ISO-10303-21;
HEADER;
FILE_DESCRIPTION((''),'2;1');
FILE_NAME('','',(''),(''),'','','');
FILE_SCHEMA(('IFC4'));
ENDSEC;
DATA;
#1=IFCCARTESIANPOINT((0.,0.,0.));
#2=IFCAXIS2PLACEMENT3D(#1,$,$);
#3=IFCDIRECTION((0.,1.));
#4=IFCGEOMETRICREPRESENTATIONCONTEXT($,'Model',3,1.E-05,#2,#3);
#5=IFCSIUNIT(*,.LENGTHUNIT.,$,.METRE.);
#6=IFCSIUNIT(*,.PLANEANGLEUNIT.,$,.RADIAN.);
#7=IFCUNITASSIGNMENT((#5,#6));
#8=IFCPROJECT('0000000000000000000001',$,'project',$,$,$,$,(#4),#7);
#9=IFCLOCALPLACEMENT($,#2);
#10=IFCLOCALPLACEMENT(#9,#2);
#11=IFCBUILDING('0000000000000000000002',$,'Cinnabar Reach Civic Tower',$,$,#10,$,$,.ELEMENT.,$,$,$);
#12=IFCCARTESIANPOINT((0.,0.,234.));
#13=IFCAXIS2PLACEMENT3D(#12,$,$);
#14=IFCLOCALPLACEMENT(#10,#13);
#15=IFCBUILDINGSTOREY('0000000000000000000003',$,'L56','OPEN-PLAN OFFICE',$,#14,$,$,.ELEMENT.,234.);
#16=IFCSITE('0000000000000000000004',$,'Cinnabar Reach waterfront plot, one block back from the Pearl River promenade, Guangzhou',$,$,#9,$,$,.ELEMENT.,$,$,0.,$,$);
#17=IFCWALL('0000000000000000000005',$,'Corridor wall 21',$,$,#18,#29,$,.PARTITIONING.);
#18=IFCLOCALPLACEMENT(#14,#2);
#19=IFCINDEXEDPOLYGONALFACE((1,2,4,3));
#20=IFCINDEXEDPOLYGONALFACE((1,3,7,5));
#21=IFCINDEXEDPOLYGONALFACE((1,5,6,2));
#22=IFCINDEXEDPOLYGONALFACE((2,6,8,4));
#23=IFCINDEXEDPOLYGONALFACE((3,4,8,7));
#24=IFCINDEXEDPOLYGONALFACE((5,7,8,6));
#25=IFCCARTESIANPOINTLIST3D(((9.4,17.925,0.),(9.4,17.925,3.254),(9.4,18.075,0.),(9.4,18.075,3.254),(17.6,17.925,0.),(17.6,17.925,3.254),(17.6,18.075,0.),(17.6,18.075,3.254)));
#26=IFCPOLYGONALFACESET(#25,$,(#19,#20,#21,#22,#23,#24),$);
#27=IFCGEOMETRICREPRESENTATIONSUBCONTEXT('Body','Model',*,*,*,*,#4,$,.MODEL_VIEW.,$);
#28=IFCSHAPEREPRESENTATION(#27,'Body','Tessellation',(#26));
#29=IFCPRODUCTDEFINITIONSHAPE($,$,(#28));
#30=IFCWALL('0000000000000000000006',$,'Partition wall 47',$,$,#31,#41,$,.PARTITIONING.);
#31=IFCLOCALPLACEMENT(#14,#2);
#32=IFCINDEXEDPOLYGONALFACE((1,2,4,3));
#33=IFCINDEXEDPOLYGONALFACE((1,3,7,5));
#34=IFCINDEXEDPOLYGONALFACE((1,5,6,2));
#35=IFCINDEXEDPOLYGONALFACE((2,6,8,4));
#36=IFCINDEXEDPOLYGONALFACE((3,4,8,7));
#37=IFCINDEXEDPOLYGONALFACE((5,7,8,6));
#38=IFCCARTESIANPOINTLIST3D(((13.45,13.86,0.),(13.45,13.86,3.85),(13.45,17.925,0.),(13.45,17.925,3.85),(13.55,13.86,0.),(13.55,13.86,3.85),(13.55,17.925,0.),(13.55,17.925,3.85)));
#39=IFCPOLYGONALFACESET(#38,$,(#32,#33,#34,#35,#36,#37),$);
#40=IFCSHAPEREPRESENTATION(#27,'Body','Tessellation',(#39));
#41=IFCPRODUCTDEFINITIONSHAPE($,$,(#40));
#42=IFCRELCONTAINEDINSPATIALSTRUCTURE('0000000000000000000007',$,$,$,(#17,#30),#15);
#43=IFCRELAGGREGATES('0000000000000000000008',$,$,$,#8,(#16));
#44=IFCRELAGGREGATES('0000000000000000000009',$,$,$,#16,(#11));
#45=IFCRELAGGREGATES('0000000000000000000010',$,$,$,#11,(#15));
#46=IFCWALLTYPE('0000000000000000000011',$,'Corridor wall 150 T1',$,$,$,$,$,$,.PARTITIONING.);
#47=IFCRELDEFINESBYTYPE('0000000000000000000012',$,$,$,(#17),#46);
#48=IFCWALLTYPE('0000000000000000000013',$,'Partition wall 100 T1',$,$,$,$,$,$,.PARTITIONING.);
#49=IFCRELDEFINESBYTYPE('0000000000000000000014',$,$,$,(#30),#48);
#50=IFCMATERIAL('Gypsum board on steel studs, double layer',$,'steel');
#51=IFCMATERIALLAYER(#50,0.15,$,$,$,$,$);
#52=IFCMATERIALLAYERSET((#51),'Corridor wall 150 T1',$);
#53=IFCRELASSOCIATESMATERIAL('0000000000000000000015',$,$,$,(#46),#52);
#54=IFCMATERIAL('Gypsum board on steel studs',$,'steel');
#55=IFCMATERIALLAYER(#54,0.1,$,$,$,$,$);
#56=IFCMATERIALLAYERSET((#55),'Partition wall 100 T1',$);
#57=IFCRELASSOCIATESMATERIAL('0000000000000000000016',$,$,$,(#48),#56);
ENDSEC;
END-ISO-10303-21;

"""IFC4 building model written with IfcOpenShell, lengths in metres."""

from ifc_helpers import new_model, si_unit, direction, frame, frame_2d, origin, place, context, subcontext, project, spatial, rectangle, extrude, material, layer, layer_set, type_object, element, save


model = new_model("IFC4")

# Units and contexts
model_context = context("Model", 3, precision=1e-05, world=origin(), true_north=direction((0.0, 1.0)))
body_context = subcontext(model_context, "Body", "Model", "MODEL_VIEW")
ifc_project = project(units=[si_unit("LENGTHUNIT", "METRE"), si_unit("PLANEANGLEUNIT", "RADIAN")], contexts=[model_context])

# Site, building, storey
site_placement = place(None, origin())
site = spatial("IfcSite", under=ifc_project, at=site_placement, Name="Cinnabar Reach waterfront plot, one block back from the Pearl River promenade, Guangzhou", CompositionType="ELEMENT", RefElevation=0.0)
building_placement = place(site_placement, origin())
building = spatial("IfcBuilding", under=site, at=building_placement, Name="Cinnabar Reach Civic Tower", CompositionType="ELEMENT")
storey_placement = place(building_placement, frame((0.0, 0.0, 234.0)))
storey = spatial("IfcBuildingStorey", under=building, at=storey_placement, Name="L56", Description="OPEN-PLAN OFFICE", CompositionType="ELEMENT", Elevation=234.0)

# Walls
ifc_material_1 = material(Name="Gypsum board on steel studs, double layer", Category="steel")
ifc_layer_1 = layer(ifc_material_1, 0.15)
ifc_layer_set_1 = layer_set([ifc_layer_1], Name="Corridor wall 150 T1")
wall_type_1 = type_object("IfcWallType", Name="Corridor wall 150 T1", PredefinedType="PARTITIONING", material=ifc_layer_set_1)
wall_1_placement = place(storey_placement, frame((9.4, 18.0, 0.0), z_axis=(0.0, 0.0, 1.0), x_axis=(1.0, 0.0, 0.0)))
element("IfcWall", 1, at=wall_1_placement, inside=storey, type_object=wall_type_1, Name="Corridor wall 21", PredefinedType="PARTITIONING", context=body_context, shape_type="SweptSolid", body=[
    extrude(rectangle(XDim=8.2, YDim=0.15, at=frame_2d((4.1, 0.0))), origin(), (0.0, 0.0, 1.0), 3.254),
])
ifc_material_2 = material(Name="Gypsum board on steel studs", Category="steel")
ifc_layer_2 = layer(ifc_material_2, 0.1)
ifc_layer_set_2 = layer_set([ifc_layer_2], Name="Partition wall 100 T1")
wall_type_2 = type_object("IfcWallType", Name="Partition wall 100 T1", PredefinedType="PARTITIONING", material=ifc_layer_set_2)
wall_2_placement = place(storey_placement, frame((13.5, 13.86, 0.0), z_axis=(0.0, 0.0, 1.0), x_axis=(0.0, 1.0, 0.0)))
element("IfcWall", 2, at=wall_2_placement, inside=storey, type_object=wall_type_2, Name="Partition wall 47", PredefinedType="PARTITIONING", context=body_context, shape_type="SweptSolid", body=[
    extrude(rectangle(XDim=4.065, YDim=0.1, at=frame_2d((2.0325, 0.0))), origin(), (0.0, 0.0, 1.0), 3.85),
])

save(model, "model.ifc")
